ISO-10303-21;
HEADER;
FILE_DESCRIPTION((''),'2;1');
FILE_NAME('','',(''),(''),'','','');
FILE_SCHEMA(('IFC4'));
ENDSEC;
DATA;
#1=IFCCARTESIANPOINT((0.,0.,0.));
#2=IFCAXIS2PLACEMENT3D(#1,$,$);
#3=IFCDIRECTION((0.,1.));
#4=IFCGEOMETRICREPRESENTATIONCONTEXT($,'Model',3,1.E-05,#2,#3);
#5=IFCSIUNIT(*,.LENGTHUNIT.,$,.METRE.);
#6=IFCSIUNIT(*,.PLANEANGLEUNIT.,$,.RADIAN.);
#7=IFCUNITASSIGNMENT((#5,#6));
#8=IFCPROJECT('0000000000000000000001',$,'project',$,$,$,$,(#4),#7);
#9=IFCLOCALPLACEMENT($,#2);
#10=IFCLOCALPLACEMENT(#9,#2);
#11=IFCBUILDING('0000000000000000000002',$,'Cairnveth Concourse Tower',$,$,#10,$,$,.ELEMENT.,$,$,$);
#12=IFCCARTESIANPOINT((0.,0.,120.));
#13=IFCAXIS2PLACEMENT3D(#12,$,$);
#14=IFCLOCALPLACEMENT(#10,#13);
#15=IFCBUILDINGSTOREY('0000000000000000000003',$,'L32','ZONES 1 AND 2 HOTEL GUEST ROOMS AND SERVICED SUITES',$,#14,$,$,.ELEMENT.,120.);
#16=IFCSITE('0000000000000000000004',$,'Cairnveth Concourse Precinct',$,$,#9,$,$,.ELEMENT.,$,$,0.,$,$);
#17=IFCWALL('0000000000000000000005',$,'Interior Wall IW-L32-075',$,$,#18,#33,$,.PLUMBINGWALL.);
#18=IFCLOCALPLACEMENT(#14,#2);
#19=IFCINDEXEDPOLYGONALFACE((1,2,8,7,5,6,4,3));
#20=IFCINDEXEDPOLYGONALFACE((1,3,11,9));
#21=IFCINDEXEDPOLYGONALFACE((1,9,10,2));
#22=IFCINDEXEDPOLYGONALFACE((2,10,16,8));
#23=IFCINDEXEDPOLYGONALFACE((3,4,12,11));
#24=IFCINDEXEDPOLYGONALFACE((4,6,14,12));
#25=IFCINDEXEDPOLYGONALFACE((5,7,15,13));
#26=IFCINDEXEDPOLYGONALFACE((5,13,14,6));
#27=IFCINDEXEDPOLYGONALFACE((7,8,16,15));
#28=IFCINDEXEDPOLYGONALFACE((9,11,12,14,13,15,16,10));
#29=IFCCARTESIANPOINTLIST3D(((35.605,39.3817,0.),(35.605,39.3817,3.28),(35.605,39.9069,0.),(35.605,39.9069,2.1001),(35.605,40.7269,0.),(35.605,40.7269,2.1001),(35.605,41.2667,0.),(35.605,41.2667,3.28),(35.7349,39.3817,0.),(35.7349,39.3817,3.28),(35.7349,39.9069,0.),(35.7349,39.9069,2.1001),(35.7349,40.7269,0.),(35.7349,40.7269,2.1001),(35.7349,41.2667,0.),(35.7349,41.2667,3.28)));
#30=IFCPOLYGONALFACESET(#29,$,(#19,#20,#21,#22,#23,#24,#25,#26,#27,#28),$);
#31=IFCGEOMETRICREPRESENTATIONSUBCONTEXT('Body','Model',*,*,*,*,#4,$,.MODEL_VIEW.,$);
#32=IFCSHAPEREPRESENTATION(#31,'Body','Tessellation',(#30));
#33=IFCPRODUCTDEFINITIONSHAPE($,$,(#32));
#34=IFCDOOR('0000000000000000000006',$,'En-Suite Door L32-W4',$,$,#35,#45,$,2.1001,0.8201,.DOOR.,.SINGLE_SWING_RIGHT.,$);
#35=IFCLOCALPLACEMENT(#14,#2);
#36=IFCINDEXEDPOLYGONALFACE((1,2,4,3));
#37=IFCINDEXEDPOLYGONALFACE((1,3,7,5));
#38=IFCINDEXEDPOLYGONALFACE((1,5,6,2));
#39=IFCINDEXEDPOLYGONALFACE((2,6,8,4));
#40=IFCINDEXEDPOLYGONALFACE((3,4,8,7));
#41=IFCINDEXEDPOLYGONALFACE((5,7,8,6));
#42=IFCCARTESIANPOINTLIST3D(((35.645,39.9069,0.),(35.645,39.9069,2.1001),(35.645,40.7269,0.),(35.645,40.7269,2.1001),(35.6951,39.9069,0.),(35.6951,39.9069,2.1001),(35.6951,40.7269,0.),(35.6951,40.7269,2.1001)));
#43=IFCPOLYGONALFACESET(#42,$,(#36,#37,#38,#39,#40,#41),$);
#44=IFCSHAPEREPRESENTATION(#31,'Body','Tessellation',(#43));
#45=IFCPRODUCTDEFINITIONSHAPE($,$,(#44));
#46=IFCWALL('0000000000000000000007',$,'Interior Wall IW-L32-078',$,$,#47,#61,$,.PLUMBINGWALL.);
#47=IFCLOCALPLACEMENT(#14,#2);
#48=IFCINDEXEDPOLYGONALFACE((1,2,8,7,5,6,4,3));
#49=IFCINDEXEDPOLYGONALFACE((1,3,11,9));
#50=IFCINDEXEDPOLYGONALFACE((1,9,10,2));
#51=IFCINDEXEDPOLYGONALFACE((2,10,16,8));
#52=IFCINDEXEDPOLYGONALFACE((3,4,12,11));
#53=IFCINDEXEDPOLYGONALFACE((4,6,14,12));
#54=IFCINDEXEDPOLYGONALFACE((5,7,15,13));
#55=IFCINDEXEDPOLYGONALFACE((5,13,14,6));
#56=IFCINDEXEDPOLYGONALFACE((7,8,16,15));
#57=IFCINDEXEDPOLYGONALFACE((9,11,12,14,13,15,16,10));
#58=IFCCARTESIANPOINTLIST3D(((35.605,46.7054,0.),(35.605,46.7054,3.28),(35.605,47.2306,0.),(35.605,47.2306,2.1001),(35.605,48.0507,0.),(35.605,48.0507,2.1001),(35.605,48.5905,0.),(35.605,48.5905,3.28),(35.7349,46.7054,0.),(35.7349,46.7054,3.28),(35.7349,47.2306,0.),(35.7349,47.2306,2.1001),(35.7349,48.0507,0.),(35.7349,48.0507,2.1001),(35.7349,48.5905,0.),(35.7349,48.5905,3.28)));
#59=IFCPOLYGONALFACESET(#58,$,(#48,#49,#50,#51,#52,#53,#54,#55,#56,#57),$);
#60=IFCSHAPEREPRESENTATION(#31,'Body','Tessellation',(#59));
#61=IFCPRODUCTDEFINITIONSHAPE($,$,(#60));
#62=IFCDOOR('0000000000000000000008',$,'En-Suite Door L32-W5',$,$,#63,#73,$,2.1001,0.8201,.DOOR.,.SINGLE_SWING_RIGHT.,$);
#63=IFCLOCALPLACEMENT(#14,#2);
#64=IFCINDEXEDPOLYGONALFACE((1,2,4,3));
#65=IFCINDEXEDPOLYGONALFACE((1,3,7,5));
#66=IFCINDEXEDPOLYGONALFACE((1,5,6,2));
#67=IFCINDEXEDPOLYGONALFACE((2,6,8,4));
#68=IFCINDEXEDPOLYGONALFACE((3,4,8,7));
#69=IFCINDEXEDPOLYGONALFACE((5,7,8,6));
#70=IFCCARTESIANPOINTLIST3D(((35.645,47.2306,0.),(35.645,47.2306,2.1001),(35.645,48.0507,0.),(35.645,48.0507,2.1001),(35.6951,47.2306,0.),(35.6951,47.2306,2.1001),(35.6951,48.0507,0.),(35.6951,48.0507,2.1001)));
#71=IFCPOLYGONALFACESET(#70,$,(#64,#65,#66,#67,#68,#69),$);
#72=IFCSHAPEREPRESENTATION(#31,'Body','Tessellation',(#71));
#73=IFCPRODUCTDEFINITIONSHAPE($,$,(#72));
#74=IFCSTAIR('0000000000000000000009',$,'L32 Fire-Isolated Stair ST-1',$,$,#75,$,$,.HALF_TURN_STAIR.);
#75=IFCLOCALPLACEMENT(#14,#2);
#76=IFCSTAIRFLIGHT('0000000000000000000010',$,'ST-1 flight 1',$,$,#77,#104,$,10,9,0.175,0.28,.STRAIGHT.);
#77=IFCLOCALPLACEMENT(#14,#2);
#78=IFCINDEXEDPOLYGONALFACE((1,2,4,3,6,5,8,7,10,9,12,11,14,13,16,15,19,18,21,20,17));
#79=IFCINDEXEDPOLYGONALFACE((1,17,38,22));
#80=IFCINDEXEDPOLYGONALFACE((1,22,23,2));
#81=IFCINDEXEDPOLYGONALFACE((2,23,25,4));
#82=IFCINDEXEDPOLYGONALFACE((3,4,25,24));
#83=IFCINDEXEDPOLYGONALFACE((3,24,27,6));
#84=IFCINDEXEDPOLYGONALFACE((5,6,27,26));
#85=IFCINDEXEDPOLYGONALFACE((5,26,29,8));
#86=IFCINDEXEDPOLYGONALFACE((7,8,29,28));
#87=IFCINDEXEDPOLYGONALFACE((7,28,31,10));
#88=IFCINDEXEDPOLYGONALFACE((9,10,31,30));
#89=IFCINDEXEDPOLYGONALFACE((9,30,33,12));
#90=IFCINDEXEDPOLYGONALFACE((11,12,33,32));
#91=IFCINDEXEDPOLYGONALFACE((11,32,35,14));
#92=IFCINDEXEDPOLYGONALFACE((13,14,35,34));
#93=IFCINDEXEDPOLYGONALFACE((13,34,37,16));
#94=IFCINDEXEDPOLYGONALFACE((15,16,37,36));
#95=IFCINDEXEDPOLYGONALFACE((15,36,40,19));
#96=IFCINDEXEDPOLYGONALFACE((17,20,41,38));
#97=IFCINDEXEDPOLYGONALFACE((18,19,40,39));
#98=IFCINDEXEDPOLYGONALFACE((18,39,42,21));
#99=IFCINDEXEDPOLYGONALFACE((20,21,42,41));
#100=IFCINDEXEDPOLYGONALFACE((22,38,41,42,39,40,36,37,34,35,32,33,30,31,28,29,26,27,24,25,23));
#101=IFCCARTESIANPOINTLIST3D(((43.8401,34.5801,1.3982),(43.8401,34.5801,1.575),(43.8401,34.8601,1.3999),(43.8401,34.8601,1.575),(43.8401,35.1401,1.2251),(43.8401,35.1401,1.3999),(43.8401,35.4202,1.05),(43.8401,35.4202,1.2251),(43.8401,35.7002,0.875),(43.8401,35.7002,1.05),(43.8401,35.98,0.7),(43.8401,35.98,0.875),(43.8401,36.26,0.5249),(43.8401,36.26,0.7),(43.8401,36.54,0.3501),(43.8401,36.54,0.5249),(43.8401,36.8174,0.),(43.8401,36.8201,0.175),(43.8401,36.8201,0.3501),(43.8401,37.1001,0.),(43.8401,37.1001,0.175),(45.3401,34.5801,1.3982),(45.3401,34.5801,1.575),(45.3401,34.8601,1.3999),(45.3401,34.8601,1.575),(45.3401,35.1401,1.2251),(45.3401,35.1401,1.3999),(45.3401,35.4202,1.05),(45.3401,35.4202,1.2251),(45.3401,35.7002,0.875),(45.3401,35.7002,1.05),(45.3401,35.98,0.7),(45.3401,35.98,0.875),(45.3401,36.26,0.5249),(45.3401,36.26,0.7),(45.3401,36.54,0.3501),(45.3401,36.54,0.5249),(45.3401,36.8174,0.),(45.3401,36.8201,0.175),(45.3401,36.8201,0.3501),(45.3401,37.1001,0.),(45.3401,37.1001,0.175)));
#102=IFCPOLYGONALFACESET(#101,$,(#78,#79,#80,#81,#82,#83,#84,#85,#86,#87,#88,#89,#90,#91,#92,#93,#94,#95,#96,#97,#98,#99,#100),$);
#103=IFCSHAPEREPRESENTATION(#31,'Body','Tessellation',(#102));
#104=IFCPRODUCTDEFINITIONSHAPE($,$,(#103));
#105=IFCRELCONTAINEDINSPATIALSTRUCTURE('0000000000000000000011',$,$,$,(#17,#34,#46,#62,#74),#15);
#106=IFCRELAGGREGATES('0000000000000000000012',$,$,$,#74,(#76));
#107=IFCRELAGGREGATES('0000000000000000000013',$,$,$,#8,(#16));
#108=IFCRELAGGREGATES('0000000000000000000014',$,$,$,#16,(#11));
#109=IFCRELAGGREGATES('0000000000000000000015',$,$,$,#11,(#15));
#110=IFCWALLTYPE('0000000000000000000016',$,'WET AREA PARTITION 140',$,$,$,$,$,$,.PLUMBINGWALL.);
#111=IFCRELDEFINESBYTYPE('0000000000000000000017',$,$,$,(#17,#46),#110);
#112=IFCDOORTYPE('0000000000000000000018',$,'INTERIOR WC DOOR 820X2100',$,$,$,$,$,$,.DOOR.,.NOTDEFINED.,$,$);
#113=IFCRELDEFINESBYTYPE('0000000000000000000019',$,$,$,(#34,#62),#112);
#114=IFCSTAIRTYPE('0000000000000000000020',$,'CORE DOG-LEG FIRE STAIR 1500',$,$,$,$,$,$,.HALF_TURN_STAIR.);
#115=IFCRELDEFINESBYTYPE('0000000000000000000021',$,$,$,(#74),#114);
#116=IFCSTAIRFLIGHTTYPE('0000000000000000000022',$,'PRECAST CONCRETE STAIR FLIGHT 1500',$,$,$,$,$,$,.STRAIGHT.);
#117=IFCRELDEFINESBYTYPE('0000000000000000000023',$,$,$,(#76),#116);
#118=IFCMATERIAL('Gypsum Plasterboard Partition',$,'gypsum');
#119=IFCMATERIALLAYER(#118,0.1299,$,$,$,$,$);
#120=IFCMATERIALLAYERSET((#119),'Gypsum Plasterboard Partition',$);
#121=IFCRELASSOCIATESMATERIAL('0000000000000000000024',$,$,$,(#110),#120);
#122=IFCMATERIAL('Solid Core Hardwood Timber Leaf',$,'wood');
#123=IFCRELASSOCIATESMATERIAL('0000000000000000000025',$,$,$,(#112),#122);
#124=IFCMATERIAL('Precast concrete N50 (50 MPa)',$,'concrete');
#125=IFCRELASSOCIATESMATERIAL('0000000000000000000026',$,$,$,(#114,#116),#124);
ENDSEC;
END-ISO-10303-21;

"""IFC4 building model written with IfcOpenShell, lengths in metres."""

from ifc_helpers import new_model, si_unit, direction, frame, frame_2d, origin, place, context, subcontext, project, spatial, polyline, rectangle, outline, extrude, material, layer, layer_set, type_object, element, fill, aggregate, save


model = new_model("IFC4")

# Units and contexts
model_context = context("Model", 3, precision=1e-05, world=origin(), true_north=direction((0.0, 1.0)))
body_context = subcontext(model_context, "Body", "Model", "MODEL_VIEW")
ifc_project = project(units=[si_unit("LENGTHUNIT", "METRE"), si_unit("PLANEANGLEUNIT", "RADIAN")], contexts=[model_context])

# Site, building, storey
site_placement = place(None, origin())
site = spatial("IfcSite", under=ifc_project, at=site_placement, Name="Cairnveth Concourse Precinct", CompositionType="ELEMENT", RefElevation=0.0)
building_placement = place(site_placement, origin())
building = spatial("IfcBuilding", under=site, at=building_placement, Name="Cairnveth Concourse Tower", CompositionType="ELEMENT")
storey_placement = place(building_placement, frame((0.0, 0.0, 120.0)))
storey = spatial("IfcBuildingStorey", under=building, at=storey_placement, Name="L32", Description="ZONES 1 AND 2 HOTEL GUEST ROOMS AND SERVICED SUITES", CompositionType="ELEMENT", Elevation=120.0)

# Walls, openings, doors
ifc_material_1 = material(Name="Gypsum Plasterboard Partition", Category="gypsum")
ifc_layer_1 = layer(ifc_material_1, 0.1299)
ifc_layer_set_1 = layer_set([ifc_layer_1], Name="Gypsum Plasterboard Partition")
wall_type_1 = type_object("IfcWallType", Name="WET AREA PARTITION 140", PredefinedType="PLUMBINGWALL", material=ifc_layer_set_1)
wall_1_placement = place(storey_placement, frame((35.6699, 39.3818, 0.0), z_axis=(0.0, 0.0, 1.0), x_axis=(0.0, 1.0, 0.0)))
wall_1 = element("IfcWall", 1, at=wall_1_placement, inside=storey, type_object=wall_type_1, Name="Interior Wall IW-L32-075", PredefinedType="PLUMBINGWALL", context=body_context, shape_type="SweptSolid", body=[
    extrude(rectangle(XDim=1.885, YDim=0.1299, at=frame_2d((0.9424, 0.0))), origin(), (0.0, 0.0, 1.0), 3.28),
])
opening_1_placement = place(wall_1_placement, frame((0.5249, 0.0, 0.0)))
opening_1 = element("IfcOpeningElement", 2, at=opening_1_placement, cuts=wall_1, PredefinedType="OPENING", context=body_context, shape_type="SweptSolid", body=[
    extrude(rectangle(XDim=0.8201, YDim=2.1001, at=frame_2d((0.4102, 1.05))), frame((0.0, 0.075, 0.0), z_axis=(0.0, -1.0, 0.0), x_axis=(1.0, 0.0, 0.0)), (0.0, 0.0, 1.0), 0.1499),
])
ifc_material_2 = material(Name="Solid Core Hardwood Timber Leaf", Category="wood")
door_type_1 = type_object("IfcDoorType", Name="INTERIOR WC DOOR 820X2100", OperationType="NOTDEFINED", PredefinedType="DOOR", material=ifc_material_2)
door_1_placement = place(opening_1_placement, origin())
door_1 = element("IfcDoor", 3, at=door_1_placement, inside=storey, type_object=door_type_1, Name="En-Suite Door L32-W4", OperationType="SINGLE_SWING_RIGHT", OverallHeight=2.1001, OverallWidth=0.8201, PredefinedType="DOOR", context=body_context, shape_type="SweptSolid", body=[
    extrude(rectangle(XDim=0.8201, YDim=2.1001, at=frame_2d((0.4102, 1.05))), frame((0.0, 0.0249, 0.0), z_axis=(0.0, -1.0, 0.0), x_axis=(1.0, 0.0, 0.0)), (0.0, 0.0, 1.0), 0.05),
])
fill(opening_1, door_1)
wall_2_placement = place(storey_placement, frame((35.6699, 46.7056, 0.0), z_axis=(0.0, 0.0, 1.0), x_axis=(0.0, 1.0, 0.0)))
wall_2 = element("IfcWall", 4, at=wall_2_placement, inside=storey, type_object=wall_type_1, Name="Interior Wall IW-L32-078", PredefinedType="PLUMBINGWALL", context=body_context, shape_type="SweptSolid", body=[
    extrude(rectangle(XDim=1.885, YDim=0.1299, at=frame_2d((0.9424, 0.0))), origin(), (0.0, 0.0, 1.0), 3.28),
])
opening_2_placement = place(wall_2_placement, frame((0.5249, 0.0, 0.0)))
opening_2 = element("IfcOpeningElement", 5, at=opening_2_placement, cuts=wall_2, PredefinedType="OPENING", context=body_context, shape_type="SweptSolid", body=[
    extrude(rectangle(XDim=0.8201, YDim=2.1001, at=frame_2d((0.4102, 1.05))), frame((0.0, 0.075, 0.0), z_axis=(0.0, -1.0, 0.0), x_axis=(1.0, 0.0, 0.0)), (0.0, 0.0, 1.0), 0.1499),
])
door_2_placement = place(opening_2_placement, origin())
door_2 = element("IfcDoor", 6, at=door_2_placement, inside=storey, type_object=door_type_1, Name="En-Suite Door L32-W5", OperationType="SINGLE_SWING_RIGHT", OverallHeight=2.1001, OverallWidth=0.8201, PredefinedType="DOOR", context=body_context, shape_type="SweptSolid", body=[
    extrude(rectangle(XDim=0.8201, YDim=2.1001, at=frame_2d((0.4102, 1.05))), frame((0.0, 0.0249, 0.0), z_axis=(0.0, -1.0, 0.0), x_axis=(1.0, 0.0, 0.0)), (0.0, 0.0, 1.0), 0.05),
])
fill(opening_2, door_2)

# Stair, stair flight
ifc_material_3 = material(Name="Precast concrete N50 (50 MPa)", Category="concrete")
stair_type = type_object("IfcStairType", Name="CORE DOG-LEG FIRE STAIR 1500", PredefinedType="HALF_TURN_STAIR", material=ifc_material_3)
stair_placement = place(storey_placement, origin())
stair = element("IfcStair", 7, at=stair_placement, inside=storey, type_object=stair_type, Name="L32 Fire-Isolated Stair ST-1", PredefinedType="HALF_TURN_STAIR")
stair_flight_type = type_object("IfcStairFlightType", Name="PRECAST CONCRETE STAIR FLIGHT 1500", PredefinedType="STRAIGHT", material=ifc_material_3)
stair_flight_placement = place(storey_placement, frame((44.5901, 37.1001, 0.0), z_axis=(0.0, 0.0, 1.0), x_axis=(0.0, -1.0, 0.0)))
stair_flight = element("IfcStairFlight", 8, at=stair_flight_placement, type_object=stair_flight_type, Name="ST-1 flight 1", NumberOfRisers=10, NumberOfTreads=9, PredefinedType="STRAIGHT", RiserHeight=0.175, TreadLength=0.28, context=body_context, shape_type="SweptSolid", body=[
    extrude(outline(polyline([(0.0, 0.0), (0.0, 0.175), (0.28, 0.175), (0.28, 0.3501), (0.5601, 0.3501), (0.5601, 0.5249), (0.8401, 0.5249), (0.8401, 0.7), (1.1201, 0.7), (1.1201, 0.875), (1.3999, 0.875), (1.3999, 1.05), (1.6799, 1.05), (1.6799, 1.2251), (1.96, 1.2251), (1.96, 1.3999), (2.24, 1.3999), (2.24, 1.575), (2.52, 1.575), (2.52, 1.75), (2.52, 1.3982), (0.2827, 0.0), (0.0, 0.0)])), frame((0.0, 0.75, 0.0), z_axis=(0.0, -1.0, 0.0), x_axis=(1.0, 0.0, 0.0)), (0.0, 0.0, 1.0), 1.5),
])
aggregate(stair, [stair_flight])

save(model, "model.ifc")
